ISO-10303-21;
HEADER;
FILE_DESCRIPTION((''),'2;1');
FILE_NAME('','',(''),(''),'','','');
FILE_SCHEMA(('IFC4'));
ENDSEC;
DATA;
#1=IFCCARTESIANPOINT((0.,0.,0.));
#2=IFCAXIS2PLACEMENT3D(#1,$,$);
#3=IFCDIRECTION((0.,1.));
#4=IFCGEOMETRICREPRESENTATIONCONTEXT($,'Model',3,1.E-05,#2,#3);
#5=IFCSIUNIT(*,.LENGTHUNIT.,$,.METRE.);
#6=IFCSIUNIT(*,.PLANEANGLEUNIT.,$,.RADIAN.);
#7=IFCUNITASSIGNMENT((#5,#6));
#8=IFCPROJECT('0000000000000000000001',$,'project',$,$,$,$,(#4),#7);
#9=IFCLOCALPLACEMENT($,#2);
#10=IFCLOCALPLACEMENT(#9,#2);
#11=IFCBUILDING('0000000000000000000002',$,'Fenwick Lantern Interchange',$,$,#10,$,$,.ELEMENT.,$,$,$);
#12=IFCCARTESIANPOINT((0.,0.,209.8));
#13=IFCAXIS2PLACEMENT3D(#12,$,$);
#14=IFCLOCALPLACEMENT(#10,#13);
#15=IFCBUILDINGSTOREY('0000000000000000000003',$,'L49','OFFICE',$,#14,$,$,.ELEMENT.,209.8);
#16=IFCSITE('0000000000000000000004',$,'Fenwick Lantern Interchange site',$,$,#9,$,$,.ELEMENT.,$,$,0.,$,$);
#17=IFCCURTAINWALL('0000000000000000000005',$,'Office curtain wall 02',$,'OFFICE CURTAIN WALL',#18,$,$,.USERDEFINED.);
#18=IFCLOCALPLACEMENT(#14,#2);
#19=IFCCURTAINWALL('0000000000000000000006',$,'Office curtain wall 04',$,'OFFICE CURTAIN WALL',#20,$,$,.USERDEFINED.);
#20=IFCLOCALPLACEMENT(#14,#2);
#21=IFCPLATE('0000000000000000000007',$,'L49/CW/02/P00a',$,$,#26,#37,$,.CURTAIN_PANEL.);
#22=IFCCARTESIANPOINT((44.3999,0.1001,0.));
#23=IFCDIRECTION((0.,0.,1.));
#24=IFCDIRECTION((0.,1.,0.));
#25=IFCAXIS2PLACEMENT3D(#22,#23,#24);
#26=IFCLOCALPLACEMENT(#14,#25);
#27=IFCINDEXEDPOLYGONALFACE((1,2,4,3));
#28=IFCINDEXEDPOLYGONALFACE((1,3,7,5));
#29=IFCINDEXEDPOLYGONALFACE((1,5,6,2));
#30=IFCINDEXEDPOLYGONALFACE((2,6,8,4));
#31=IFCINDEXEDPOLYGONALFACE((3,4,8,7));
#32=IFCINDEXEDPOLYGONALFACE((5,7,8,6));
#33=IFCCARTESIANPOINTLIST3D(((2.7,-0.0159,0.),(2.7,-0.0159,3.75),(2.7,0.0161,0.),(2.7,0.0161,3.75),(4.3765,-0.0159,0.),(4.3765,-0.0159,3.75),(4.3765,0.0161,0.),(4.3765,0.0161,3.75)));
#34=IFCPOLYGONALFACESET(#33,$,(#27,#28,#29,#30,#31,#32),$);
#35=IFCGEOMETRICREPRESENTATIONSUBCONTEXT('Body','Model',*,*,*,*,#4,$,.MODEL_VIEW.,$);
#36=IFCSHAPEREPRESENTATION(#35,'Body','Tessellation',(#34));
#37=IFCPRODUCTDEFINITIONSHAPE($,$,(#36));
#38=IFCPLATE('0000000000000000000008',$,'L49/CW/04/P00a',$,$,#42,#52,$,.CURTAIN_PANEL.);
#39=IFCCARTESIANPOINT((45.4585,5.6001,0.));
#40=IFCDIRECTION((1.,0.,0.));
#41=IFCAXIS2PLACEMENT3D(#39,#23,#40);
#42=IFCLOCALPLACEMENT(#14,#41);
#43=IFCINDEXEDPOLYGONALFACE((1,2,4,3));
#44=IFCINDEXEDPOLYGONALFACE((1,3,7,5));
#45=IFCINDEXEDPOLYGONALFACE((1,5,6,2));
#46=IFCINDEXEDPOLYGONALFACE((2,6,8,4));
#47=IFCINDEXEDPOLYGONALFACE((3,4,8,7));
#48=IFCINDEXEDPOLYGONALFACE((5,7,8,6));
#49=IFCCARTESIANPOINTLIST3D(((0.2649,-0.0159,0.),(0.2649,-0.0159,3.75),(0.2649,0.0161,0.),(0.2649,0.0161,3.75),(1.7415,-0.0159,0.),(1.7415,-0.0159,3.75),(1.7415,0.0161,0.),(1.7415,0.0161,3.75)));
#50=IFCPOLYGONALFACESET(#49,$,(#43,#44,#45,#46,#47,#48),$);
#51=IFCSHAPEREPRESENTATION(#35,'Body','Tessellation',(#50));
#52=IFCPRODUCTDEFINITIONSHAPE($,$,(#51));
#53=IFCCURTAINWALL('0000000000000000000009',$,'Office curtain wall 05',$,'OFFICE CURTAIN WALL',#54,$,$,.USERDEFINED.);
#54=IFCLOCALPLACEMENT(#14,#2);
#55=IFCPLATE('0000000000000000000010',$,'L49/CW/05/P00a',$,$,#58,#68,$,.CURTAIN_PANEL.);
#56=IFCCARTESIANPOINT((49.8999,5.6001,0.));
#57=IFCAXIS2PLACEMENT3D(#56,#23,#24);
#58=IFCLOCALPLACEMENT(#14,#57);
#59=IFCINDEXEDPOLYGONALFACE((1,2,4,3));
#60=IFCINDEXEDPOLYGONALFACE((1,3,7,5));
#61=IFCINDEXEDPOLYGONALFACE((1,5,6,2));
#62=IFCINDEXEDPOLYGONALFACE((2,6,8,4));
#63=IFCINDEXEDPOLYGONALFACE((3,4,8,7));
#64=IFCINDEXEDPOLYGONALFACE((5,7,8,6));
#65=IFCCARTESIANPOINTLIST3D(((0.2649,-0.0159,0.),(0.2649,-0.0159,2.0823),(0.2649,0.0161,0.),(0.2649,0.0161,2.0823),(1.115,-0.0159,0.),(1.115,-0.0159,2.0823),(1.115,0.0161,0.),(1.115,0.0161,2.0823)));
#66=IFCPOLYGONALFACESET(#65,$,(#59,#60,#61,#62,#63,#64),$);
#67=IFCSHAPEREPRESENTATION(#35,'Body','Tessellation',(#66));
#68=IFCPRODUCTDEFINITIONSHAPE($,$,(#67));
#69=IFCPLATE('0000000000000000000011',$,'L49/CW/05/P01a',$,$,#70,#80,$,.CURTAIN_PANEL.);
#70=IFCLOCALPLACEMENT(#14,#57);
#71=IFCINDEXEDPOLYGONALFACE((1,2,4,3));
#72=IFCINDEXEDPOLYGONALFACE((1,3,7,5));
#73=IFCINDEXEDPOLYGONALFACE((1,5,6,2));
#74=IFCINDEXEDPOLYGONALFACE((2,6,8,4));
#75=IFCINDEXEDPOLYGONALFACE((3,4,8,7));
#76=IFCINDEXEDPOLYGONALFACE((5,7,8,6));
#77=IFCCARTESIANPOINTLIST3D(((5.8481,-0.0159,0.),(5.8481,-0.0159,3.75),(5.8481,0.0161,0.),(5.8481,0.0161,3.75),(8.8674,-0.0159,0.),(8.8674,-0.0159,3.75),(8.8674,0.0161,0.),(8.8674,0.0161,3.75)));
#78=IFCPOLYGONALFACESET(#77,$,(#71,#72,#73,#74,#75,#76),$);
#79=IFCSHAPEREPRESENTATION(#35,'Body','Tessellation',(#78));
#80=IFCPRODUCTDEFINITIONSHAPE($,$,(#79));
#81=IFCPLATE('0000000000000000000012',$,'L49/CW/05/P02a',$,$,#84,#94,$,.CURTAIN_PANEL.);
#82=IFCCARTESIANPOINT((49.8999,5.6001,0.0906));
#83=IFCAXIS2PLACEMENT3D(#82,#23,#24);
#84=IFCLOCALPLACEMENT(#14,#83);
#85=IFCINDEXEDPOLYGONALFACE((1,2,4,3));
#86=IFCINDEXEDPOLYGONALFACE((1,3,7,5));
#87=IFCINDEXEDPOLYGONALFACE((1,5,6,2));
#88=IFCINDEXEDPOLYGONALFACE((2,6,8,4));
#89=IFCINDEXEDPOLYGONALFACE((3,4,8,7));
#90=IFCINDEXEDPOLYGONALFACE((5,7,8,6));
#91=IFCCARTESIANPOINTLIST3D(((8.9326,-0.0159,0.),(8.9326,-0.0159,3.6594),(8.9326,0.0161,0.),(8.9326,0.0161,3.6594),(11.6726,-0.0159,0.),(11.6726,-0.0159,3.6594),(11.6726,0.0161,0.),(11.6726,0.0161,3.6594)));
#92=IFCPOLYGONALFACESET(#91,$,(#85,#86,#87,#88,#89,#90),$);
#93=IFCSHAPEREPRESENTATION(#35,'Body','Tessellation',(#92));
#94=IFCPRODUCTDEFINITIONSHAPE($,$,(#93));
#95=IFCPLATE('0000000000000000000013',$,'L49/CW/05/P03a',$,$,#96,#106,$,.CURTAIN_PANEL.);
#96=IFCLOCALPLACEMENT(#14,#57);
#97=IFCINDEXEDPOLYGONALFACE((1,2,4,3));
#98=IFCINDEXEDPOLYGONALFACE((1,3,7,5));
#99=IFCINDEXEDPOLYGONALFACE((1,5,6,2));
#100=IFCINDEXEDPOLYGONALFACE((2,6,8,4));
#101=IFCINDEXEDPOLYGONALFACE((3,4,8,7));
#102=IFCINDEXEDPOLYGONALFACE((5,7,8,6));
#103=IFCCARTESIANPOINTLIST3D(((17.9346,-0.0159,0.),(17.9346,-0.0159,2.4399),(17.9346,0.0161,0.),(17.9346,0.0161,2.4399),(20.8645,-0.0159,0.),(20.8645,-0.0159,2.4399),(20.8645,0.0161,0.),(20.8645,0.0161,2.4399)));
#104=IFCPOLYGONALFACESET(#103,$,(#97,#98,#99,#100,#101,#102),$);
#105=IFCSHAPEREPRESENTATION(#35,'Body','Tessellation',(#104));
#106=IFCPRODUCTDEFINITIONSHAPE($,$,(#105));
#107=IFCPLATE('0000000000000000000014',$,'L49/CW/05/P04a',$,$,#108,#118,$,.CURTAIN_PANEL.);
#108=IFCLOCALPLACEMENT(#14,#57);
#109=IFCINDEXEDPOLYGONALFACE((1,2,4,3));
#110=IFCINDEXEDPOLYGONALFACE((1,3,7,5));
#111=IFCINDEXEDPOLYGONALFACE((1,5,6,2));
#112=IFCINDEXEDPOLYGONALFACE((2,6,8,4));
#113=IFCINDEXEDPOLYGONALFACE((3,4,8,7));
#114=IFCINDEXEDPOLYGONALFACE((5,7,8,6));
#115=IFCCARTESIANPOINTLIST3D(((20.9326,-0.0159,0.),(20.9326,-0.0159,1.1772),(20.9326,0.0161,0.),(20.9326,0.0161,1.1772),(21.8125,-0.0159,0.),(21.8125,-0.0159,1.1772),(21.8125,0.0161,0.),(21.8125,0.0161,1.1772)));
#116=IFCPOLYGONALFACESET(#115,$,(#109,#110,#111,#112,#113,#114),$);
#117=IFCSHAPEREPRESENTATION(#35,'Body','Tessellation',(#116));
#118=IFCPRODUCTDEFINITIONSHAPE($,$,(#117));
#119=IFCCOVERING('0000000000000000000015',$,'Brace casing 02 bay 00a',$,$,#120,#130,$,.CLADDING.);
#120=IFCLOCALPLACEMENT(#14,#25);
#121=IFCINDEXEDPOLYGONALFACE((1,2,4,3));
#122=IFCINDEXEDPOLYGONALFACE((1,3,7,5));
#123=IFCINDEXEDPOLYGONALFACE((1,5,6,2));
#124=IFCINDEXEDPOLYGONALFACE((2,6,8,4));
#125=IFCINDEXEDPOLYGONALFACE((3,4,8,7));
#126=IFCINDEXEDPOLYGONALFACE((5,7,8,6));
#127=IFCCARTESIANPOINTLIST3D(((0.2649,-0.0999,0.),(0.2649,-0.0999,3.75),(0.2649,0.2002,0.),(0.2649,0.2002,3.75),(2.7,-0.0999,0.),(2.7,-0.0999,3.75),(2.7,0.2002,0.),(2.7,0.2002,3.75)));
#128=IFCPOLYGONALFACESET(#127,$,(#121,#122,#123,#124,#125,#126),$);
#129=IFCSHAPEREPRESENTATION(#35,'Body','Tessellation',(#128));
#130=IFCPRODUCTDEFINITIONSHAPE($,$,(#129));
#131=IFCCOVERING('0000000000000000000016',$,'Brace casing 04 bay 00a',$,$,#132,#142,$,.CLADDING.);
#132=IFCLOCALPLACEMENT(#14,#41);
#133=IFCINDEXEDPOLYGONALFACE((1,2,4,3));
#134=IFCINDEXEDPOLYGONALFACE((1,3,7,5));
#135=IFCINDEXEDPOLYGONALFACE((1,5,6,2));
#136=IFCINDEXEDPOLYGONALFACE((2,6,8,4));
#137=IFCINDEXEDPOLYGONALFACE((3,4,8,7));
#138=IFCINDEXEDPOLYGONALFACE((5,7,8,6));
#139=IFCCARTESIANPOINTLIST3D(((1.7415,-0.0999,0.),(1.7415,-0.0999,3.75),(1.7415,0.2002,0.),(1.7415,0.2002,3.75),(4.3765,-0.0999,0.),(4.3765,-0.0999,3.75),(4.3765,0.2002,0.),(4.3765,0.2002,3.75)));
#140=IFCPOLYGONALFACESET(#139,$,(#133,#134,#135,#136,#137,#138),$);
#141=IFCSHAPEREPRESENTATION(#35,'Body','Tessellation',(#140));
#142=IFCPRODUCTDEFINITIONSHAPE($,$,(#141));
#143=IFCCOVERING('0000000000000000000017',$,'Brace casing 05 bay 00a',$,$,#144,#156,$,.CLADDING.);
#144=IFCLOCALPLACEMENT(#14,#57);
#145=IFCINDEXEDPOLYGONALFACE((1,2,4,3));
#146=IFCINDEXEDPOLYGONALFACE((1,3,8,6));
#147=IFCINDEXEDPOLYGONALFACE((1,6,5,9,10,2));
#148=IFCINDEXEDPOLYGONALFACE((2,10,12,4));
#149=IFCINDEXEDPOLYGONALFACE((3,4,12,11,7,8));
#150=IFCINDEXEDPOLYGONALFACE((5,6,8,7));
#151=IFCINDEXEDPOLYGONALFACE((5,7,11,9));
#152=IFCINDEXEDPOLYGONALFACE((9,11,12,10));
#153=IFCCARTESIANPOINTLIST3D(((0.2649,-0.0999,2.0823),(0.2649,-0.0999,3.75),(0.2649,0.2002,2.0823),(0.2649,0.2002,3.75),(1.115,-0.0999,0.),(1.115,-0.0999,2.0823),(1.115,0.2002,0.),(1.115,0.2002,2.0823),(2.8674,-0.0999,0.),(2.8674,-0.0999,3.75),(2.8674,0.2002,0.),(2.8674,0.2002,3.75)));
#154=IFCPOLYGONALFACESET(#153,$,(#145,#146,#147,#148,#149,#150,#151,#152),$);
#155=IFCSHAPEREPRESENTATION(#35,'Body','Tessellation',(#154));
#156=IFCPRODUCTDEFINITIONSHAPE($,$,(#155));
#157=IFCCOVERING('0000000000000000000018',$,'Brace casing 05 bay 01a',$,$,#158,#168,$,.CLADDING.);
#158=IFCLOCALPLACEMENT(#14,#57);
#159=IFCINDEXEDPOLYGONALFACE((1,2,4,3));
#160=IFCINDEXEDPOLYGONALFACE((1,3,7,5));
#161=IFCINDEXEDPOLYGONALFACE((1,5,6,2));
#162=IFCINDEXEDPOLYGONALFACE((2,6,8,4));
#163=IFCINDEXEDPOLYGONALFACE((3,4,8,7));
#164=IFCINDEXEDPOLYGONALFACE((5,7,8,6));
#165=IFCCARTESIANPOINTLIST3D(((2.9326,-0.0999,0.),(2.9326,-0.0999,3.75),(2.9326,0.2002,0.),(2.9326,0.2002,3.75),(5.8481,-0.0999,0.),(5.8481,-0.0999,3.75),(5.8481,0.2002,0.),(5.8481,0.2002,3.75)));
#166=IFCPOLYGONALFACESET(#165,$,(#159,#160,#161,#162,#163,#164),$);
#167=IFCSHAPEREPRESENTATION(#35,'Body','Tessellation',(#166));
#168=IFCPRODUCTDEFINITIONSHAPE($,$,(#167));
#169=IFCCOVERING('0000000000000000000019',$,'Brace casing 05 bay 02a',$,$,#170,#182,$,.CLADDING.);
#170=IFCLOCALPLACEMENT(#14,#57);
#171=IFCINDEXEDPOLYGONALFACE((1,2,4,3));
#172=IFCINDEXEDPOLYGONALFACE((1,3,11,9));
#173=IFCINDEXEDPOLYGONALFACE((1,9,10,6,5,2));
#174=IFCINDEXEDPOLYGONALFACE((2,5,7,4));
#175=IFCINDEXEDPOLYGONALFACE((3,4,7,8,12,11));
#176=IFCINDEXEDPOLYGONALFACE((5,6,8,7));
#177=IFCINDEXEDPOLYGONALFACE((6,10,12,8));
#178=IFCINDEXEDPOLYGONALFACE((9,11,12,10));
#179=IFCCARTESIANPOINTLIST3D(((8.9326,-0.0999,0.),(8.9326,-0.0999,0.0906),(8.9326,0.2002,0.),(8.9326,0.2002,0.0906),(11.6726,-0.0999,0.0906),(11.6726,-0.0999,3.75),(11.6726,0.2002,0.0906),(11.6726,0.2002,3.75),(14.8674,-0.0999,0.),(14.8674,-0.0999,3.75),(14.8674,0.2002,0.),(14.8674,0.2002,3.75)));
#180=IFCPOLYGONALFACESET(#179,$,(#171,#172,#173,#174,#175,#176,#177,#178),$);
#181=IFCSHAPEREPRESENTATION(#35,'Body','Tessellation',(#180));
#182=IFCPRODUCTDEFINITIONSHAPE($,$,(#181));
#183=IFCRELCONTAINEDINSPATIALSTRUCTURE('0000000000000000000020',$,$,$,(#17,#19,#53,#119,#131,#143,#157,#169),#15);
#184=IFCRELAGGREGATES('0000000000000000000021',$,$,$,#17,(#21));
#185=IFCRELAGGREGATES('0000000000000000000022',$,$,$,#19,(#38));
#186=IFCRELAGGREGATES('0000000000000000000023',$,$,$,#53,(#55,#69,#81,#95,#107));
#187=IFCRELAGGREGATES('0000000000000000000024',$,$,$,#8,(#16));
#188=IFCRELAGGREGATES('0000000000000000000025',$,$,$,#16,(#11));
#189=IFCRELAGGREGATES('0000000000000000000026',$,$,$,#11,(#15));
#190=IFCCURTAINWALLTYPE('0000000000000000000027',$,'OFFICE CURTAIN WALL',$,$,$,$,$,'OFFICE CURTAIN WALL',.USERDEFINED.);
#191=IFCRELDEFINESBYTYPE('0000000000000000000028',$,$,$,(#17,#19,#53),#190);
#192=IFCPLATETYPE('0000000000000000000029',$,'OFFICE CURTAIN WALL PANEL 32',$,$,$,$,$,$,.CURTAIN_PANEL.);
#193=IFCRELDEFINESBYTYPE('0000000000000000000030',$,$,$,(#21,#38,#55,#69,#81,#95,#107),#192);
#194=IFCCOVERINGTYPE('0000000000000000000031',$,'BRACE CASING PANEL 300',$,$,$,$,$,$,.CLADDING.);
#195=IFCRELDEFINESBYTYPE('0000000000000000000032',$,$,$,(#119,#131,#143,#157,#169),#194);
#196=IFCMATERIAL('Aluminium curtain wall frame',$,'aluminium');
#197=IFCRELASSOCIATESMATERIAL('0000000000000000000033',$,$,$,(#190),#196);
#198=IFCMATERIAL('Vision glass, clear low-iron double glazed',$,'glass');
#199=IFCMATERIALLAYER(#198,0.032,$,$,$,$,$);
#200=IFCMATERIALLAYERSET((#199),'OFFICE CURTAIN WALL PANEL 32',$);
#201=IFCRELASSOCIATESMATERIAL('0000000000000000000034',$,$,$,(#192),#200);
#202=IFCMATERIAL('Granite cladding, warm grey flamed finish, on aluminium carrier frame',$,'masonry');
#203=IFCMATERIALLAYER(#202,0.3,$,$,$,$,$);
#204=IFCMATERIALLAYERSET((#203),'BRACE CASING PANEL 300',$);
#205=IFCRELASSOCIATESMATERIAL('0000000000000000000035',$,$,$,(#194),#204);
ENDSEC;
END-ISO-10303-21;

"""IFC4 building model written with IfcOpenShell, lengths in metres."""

from ifc_helpers import new_model, si_unit, direction, frame, origin, place, context, subcontext, project, spatial, polyline, outline, extrude, material, layer, layer_set, type_object, element, aggregate, save


model = new_model("IFC4")

# Units and contexts
model_context = context("Model", 3, precision=1e-05, world=origin(), true_north=direction((0.0, 1.0)))
body_context = subcontext(model_context, "Body", "Model", "MODEL_VIEW")
ifc_project = project(units=[si_unit("LENGTHUNIT", "METRE"), si_unit("PLANEANGLEUNIT", "RADIAN")], contexts=[model_context])

# Site, building, storey
site_placement = place(None, origin())
site = spatial("IfcSite", under=ifc_project, at=site_placement, Name="Fenwick Lantern Interchange site", CompositionType="ELEMENT", RefElevation=0.0)
building_placement = place(site_placement, origin())
building = spatial("IfcBuilding", under=site, at=building_placement, Name="Fenwick Lantern Interchange", CompositionType="ELEMENT")
storey_placement = place(building_placement, frame((0.0, 0.0, 209.8)))
storey = spatial("IfcBuildingStorey", under=building, at=storey_placement, Name="L49", Description="OFFICE", CompositionType="ELEMENT", Elevation=209.8)

# Shared definitions
ifc_material_1 = material(Name="Aluminium curtain wall frame", Category="aluminium")
curtain_wall_type = type_object("IfcCurtainWallType", Name="OFFICE CURTAIN WALL", ElementType="OFFICE CURTAIN WALL", PredefinedType="USERDEFINED", material=ifc_material_1)

# Curtain walls
curtain_wall_1_placement = place(storey_placement, origin())
curtain_wall_1 = element("IfcCurtainWall", 1, at=curtain_wall_1_placement, inside=storey, type_object=curtain_wall_type, Name="Office curtain wall 02", ObjectType="OFFICE CURTAIN WALL", PredefinedType="USERDEFINED")
curtain_wall_2_placement = place(storey_placement, origin())
curtain_wall_2 = element("IfcCurtainWall", 2, at=curtain_wall_2_placement, inside=storey, type_object=curtain_wall_type, Name="Office curtain wall 04", ObjectType="OFFICE CURTAIN WALL", PredefinedType="USERDEFINED")

# Plates
ifc_material_2 = material(Name="Vision glass, clear low-iron double glazed", Category="glass")
ifc_layer_1 = layer(ifc_material_2, 0.032)
ifc_layer_set_1 = layer_set([ifc_layer_1], Name="OFFICE CURTAIN WALL PANEL 32")
plate_type = type_object("IfcPlateType", Name="OFFICE CURTAIN WALL PANEL 32", PredefinedType="CURTAIN_PANEL", material=ifc_layer_set_1)
plate_1_placement = place(storey_placement, frame((44.3999, 0.1001, 0.0), z_axis=(0.0, 0.0, 1.0), x_axis=(0.0, 1.0, 0.0)))
plate_1 = element("IfcPlate", 3, at=plate_1_placement, type_object=plate_type, Name="L49/CW/02/P00a", PredefinedType="CURTAIN_PANEL", context=body_context, shape_type="SweptSolid", body=[
    extrude(outline(polyline([(2.7, 0.0), (4.3765, 0.0), (4.3765, 3.75), (2.7, 3.75), (2.7, 0.0)])), frame((0.0, 0.0161, 0.0), z_axis=(0.0, -1.0, 0.0), x_axis=(1.0, 0.0, 0.0)), (0.0, 0.0, 1.0), 0.032),
])
aggregate(curtain_wall_1, [plate_1])
plate_2_placement = place(storey_placement, frame((45.4585, 5.6001, 0.0), z_axis=(0.0, 0.0, 1.0), x_axis=(1.0, 0.0, 0.0)))
plate_2 = element("IfcPlate", 4, at=plate_2_placement, type_object=plate_type, Name="L49/CW/04/P00a", PredefinedType="CURTAIN_PANEL", context=body_context, shape_type="SweptSolid", body=[
    extrude(outline(polyline([(0.2649, 0.0), (1.7415, 0.0), (1.7415, 3.75), (0.2649, 3.75), (0.2649, 0.0)])), frame((0.0, 0.0161, 0.0), z_axis=(0.0, -1.0, 0.0), x_axis=(1.0, 0.0, 0.0)), (0.0, 0.0, 1.0), 0.032),
])
aggregate(curtain_wall_2, [plate_2])

# Curtain wall, plates
curtain_wall_3_placement = place(storey_placement, origin())
curtain_wall_3 = element("IfcCurtainWall", 5, at=curtain_wall_3_placement, inside=storey, type_object=curtain_wall_type, Name="Office curtain wall 05", ObjectType="OFFICE CURTAIN WALL", PredefinedType="USERDEFINED")
plate_3_placement = place(storey_placement, frame((49.8999, 5.6001, 0.0), z_axis=(0.0, 0.0, 1.0), x_axis=(0.0, 1.0, 0.0)))
plate_3 = element("IfcPlate", 6, at=plate_3_placement, type_object=plate_type, Name="L49/CW/05/P00a", PredefinedType="CURTAIN_PANEL", context=body_context, shape_type="SweptSolid", body=[
    extrude(outline(polyline([(0.2649, 0.0), (1.115, 0.0), (1.115, 2.0823), (0.2649, 2.0823), (0.2649, 0.0)])), frame((0.0, 0.0161, 0.0), z_axis=(0.0, -1.0, 0.0), x_axis=(1.0, 0.0, 0.0)), (0.0, 0.0, 1.0), 0.032),
])
plate_4_placement = place(storey_placement, frame((49.8999, 5.6001, 0.0), z_axis=(0.0, 0.0, 1.0), x_axis=(0.0, 1.0, 0.0)))
plate_4 = element("IfcPlate", 7, at=plate_4_placement, type_object=plate_type, Name="L49/CW/05/P01a", PredefinedType="CURTAIN_PANEL", context=body_context, shape_type="SweptSolid", body=[
    extrude(outline(polyline([(5.8481, 0.0), (8.8674, 0.0), (8.8674, 3.75), (5.8481, 3.75), (5.8481, 0.0)])), frame((0.0, 0.0161, 0.0), z_axis=(0.0, -1.0, 0.0), x_axis=(1.0, 0.0, 0.0)), (0.0, 0.0, 1.0), 0.032),
])
plate_5_placement = place(storey_placement, frame((49.8999, 5.6001, 0.0906), z_axis=(0.0, 0.0, 1.0), x_axis=(0.0, 1.0, 0.0)))
plate_5 = element("IfcPlate", 8, at=plate_5_placement, type_object=plate_type, Name="L49/CW/05/P02a", PredefinedType="CURTAIN_PANEL", context=body_context, shape_type="SweptSolid", body=[
    extrude(outline(polyline([(8.9326, 0.0), (11.6726, 0.0), (11.6726, 3.6594), (8.9326, 3.6594), (8.9326, 0.0)])), frame((0.0, 0.0161, 0.0), z_axis=(0.0, -1.0, 0.0), x_axis=(1.0, 0.0, 0.0)), (0.0, 0.0, 1.0), 0.032),
])
plate_6_placement = place(storey_placement, frame((49.8999, 5.6001, 0.0), z_axis=(0.0, 0.0, 1.0), x_axis=(0.0, 1.0, 0.0)))
plate_6 = element("IfcPlate", 9, at=plate_6_placement, type_object=plate_type, Name="L49/CW/05/P03a", PredefinedType="CURTAIN_PANEL", context=body_context, shape_type="SweptSolid", body=[
    extrude(outline(polyline([(17.9346, 0.0), (20.8645, 0.0), (20.8645, 2.4399), (17.9346, 2.4399), (17.9346, 0.0)])), frame((0.0, 0.0161, 0.0), z_axis=(0.0, -1.0, 0.0), x_axis=(1.0, 0.0, 0.0)), (0.0, 0.0, 1.0), 0.032),
])
plate_7_placement = place(storey_placement, frame((49.8999, 5.6001, 0.0), z_axis=(0.0, 0.0, 1.0), x_axis=(0.0, 1.0, 0.0)))
plate_7 = element("IfcPlate", 10, at=plate_7_placement, type_object=plate_type, Name="L49/CW/05/P04a", PredefinedType="CURTAIN_PANEL", context=body_context, shape_type="SweptSolid", body=[
    extrude(outline(polyline([(20.9326, 0.0), (21.8125, 0.0), (21.8125, 1.1772), (20.9326, 1.1772), (20.9326, 0.0)])), frame((0.0, 0.0161, 0.0), z_axis=(0.0, -1.0, 0.0), x_axis=(1.0, 0.0, 0.0)), (0.0, 0.0, 1.0), 0.032),
])
aggregate(curtain_wall_3, [plate_3, plate_4, plate_5, plate_6, plate_7])

# Coverings
ifc_material_3 = material(Name="Granite cladding, warm grey flamed finish, on aluminium carrier frame", Category="masonry")
ifc_layer_2 = layer(ifc_material_3, 0.3)
ifc_layer_set_2 = layer_set([ifc_layer_2], Name="BRACE CASING PANEL 300")
covering_type = type_object("IfcCoveringType", Name="BRACE CASING PANEL 300", PredefinedType="CLADDING", material=ifc_layer_set_2)
covering_1_placement = place(storey_placement, frame((44.3999, 0.1001, 0.0), z_axis=(0.0, 0.0, 1.0), x_axis=(0.0, 1.0, 0.0)))
element("IfcCovering", 11, at=covering_1_placement, inside=storey, type_object=covering_type, Name="Brace casing 02 bay 00a", PredefinedType="CLADDING", context=body_context, shape_type="SweptSolid", body=[
    extrude(outline(polyline([(0.2649, 0.0), (2.7, 0.0), (2.7, 3.75), (0.2649, 3.75), (0.2649, 0.0)])), frame((0.0, 0.2002, 0.0), z_axis=(0.0, -1.0, 0.0), x_axis=(1.0, 0.0, 0.0)), (0.0, 0.0, 1.0), 0.3),
])
covering_2_placement = place(storey_placement, frame((45.4585, 5.6001, 0.0), z_axis=(0.0, 0.0, 1.0), x_axis=(1.0, 0.0, 0.0)))
element("IfcCovering", 12, at=covering_2_placement, inside=storey, type_object=covering_type, Name="Brace casing 04 bay 00a", PredefinedType="CLADDING", context=body_context, shape_type="SweptSolid", body=[
    extrude(outline(polyline([(1.7415, 0.0), (4.3765, 0.0), (4.3765, 3.75), (1.7415, 3.75), (1.7415, 0.0)])), frame((0.0, 0.2002, 0.0), z_axis=(0.0, -1.0, 0.0), x_axis=(1.0, 0.0, 0.0)), (0.0, 0.0, 1.0), 0.3),
])
covering_3_placement = place(storey_placement, frame((49.8999, 5.6001, 0.0), z_axis=(0.0, 0.0, 1.0), x_axis=(0.0, 1.0, 0.0)))
element("IfcCovering", 13, at=covering_3_placement, inside=storey, type_object=covering_type, Name="Brace casing 05 bay 00a", PredefinedType="CLADDING", context=body_context, shape_type="SweptSolid", body=[
    extrude(outline(polyline([(1.115, 0.0), (2.8674, 0.0), (2.8674, 3.75), (0.2649, 3.75), (0.2649, 2.0823), (1.115, 2.0823), (1.115, 0.0)])), frame((0.0, 0.2002, 0.0), z_axis=(0.0, -1.0, 0.0), x_axis=(1.0, 0.0, 0.0)), (0.0, 0.0, 1.0), 0.3),
])
covering_4_placement = place(storey_placement, frame((49.8999, 5.6001, 0.0), z_axis=(0.0, 0.0, 1.0), x_axis=(0.0, 1.0, 0.0)))
element("IfcCovering", 14, at=covering_4_placement, inside=storey, type_object=covering_type, Name="Brace casing 05 bay 01a", PredefinedType="CLADDING", context=body_context, shape_type="SweptSolid", body=[
    extrude(outline(polyline([(2.9326, 0.0), (5.8481, 0.0), (5.8481, 3.75), (2.9326, 3.75), (2.9326, 0.0)])), frame((0.0, 0.2002, 0.0), z_axis=(0.0, -1.0, 0.0), x_axis=(1.0, 0.0, 0.0)), (0.0, 0.0, 1.0), 0.3),
])
covering_5_placement = place(storey_placement, frame((49.8999, 5.6001, 0.0), z_axis=(0.0, 0.0, 1.0), x_axis=(0.0, 1.0, 0.0)))
element("IfcCovering", 15, at=covering_5_placement, inside=storey, type_object=covering_type, Name="Brace casing 05 bay 02a", PredefinedType="CLADDING", context=body_context, shape_type="SweptSolid", body=[
    extrude(outline(polyline([(8.9326, 0.0), (14.8674, 0.0), (14.8674, 3.75), (11.6726, 3.75), (11.6726, 0.0906), (8.9326, 0.0906), (8.9326, 0.0)])), frame((0.0, 0.2002, 0.0), z_axis=(0.0, -1.0, 0.0), x_axis=(1.0, 0.0, 0.0)), (0.0, 0.0, 1.0), 0.3),
])

save(model, "model.ifc")
